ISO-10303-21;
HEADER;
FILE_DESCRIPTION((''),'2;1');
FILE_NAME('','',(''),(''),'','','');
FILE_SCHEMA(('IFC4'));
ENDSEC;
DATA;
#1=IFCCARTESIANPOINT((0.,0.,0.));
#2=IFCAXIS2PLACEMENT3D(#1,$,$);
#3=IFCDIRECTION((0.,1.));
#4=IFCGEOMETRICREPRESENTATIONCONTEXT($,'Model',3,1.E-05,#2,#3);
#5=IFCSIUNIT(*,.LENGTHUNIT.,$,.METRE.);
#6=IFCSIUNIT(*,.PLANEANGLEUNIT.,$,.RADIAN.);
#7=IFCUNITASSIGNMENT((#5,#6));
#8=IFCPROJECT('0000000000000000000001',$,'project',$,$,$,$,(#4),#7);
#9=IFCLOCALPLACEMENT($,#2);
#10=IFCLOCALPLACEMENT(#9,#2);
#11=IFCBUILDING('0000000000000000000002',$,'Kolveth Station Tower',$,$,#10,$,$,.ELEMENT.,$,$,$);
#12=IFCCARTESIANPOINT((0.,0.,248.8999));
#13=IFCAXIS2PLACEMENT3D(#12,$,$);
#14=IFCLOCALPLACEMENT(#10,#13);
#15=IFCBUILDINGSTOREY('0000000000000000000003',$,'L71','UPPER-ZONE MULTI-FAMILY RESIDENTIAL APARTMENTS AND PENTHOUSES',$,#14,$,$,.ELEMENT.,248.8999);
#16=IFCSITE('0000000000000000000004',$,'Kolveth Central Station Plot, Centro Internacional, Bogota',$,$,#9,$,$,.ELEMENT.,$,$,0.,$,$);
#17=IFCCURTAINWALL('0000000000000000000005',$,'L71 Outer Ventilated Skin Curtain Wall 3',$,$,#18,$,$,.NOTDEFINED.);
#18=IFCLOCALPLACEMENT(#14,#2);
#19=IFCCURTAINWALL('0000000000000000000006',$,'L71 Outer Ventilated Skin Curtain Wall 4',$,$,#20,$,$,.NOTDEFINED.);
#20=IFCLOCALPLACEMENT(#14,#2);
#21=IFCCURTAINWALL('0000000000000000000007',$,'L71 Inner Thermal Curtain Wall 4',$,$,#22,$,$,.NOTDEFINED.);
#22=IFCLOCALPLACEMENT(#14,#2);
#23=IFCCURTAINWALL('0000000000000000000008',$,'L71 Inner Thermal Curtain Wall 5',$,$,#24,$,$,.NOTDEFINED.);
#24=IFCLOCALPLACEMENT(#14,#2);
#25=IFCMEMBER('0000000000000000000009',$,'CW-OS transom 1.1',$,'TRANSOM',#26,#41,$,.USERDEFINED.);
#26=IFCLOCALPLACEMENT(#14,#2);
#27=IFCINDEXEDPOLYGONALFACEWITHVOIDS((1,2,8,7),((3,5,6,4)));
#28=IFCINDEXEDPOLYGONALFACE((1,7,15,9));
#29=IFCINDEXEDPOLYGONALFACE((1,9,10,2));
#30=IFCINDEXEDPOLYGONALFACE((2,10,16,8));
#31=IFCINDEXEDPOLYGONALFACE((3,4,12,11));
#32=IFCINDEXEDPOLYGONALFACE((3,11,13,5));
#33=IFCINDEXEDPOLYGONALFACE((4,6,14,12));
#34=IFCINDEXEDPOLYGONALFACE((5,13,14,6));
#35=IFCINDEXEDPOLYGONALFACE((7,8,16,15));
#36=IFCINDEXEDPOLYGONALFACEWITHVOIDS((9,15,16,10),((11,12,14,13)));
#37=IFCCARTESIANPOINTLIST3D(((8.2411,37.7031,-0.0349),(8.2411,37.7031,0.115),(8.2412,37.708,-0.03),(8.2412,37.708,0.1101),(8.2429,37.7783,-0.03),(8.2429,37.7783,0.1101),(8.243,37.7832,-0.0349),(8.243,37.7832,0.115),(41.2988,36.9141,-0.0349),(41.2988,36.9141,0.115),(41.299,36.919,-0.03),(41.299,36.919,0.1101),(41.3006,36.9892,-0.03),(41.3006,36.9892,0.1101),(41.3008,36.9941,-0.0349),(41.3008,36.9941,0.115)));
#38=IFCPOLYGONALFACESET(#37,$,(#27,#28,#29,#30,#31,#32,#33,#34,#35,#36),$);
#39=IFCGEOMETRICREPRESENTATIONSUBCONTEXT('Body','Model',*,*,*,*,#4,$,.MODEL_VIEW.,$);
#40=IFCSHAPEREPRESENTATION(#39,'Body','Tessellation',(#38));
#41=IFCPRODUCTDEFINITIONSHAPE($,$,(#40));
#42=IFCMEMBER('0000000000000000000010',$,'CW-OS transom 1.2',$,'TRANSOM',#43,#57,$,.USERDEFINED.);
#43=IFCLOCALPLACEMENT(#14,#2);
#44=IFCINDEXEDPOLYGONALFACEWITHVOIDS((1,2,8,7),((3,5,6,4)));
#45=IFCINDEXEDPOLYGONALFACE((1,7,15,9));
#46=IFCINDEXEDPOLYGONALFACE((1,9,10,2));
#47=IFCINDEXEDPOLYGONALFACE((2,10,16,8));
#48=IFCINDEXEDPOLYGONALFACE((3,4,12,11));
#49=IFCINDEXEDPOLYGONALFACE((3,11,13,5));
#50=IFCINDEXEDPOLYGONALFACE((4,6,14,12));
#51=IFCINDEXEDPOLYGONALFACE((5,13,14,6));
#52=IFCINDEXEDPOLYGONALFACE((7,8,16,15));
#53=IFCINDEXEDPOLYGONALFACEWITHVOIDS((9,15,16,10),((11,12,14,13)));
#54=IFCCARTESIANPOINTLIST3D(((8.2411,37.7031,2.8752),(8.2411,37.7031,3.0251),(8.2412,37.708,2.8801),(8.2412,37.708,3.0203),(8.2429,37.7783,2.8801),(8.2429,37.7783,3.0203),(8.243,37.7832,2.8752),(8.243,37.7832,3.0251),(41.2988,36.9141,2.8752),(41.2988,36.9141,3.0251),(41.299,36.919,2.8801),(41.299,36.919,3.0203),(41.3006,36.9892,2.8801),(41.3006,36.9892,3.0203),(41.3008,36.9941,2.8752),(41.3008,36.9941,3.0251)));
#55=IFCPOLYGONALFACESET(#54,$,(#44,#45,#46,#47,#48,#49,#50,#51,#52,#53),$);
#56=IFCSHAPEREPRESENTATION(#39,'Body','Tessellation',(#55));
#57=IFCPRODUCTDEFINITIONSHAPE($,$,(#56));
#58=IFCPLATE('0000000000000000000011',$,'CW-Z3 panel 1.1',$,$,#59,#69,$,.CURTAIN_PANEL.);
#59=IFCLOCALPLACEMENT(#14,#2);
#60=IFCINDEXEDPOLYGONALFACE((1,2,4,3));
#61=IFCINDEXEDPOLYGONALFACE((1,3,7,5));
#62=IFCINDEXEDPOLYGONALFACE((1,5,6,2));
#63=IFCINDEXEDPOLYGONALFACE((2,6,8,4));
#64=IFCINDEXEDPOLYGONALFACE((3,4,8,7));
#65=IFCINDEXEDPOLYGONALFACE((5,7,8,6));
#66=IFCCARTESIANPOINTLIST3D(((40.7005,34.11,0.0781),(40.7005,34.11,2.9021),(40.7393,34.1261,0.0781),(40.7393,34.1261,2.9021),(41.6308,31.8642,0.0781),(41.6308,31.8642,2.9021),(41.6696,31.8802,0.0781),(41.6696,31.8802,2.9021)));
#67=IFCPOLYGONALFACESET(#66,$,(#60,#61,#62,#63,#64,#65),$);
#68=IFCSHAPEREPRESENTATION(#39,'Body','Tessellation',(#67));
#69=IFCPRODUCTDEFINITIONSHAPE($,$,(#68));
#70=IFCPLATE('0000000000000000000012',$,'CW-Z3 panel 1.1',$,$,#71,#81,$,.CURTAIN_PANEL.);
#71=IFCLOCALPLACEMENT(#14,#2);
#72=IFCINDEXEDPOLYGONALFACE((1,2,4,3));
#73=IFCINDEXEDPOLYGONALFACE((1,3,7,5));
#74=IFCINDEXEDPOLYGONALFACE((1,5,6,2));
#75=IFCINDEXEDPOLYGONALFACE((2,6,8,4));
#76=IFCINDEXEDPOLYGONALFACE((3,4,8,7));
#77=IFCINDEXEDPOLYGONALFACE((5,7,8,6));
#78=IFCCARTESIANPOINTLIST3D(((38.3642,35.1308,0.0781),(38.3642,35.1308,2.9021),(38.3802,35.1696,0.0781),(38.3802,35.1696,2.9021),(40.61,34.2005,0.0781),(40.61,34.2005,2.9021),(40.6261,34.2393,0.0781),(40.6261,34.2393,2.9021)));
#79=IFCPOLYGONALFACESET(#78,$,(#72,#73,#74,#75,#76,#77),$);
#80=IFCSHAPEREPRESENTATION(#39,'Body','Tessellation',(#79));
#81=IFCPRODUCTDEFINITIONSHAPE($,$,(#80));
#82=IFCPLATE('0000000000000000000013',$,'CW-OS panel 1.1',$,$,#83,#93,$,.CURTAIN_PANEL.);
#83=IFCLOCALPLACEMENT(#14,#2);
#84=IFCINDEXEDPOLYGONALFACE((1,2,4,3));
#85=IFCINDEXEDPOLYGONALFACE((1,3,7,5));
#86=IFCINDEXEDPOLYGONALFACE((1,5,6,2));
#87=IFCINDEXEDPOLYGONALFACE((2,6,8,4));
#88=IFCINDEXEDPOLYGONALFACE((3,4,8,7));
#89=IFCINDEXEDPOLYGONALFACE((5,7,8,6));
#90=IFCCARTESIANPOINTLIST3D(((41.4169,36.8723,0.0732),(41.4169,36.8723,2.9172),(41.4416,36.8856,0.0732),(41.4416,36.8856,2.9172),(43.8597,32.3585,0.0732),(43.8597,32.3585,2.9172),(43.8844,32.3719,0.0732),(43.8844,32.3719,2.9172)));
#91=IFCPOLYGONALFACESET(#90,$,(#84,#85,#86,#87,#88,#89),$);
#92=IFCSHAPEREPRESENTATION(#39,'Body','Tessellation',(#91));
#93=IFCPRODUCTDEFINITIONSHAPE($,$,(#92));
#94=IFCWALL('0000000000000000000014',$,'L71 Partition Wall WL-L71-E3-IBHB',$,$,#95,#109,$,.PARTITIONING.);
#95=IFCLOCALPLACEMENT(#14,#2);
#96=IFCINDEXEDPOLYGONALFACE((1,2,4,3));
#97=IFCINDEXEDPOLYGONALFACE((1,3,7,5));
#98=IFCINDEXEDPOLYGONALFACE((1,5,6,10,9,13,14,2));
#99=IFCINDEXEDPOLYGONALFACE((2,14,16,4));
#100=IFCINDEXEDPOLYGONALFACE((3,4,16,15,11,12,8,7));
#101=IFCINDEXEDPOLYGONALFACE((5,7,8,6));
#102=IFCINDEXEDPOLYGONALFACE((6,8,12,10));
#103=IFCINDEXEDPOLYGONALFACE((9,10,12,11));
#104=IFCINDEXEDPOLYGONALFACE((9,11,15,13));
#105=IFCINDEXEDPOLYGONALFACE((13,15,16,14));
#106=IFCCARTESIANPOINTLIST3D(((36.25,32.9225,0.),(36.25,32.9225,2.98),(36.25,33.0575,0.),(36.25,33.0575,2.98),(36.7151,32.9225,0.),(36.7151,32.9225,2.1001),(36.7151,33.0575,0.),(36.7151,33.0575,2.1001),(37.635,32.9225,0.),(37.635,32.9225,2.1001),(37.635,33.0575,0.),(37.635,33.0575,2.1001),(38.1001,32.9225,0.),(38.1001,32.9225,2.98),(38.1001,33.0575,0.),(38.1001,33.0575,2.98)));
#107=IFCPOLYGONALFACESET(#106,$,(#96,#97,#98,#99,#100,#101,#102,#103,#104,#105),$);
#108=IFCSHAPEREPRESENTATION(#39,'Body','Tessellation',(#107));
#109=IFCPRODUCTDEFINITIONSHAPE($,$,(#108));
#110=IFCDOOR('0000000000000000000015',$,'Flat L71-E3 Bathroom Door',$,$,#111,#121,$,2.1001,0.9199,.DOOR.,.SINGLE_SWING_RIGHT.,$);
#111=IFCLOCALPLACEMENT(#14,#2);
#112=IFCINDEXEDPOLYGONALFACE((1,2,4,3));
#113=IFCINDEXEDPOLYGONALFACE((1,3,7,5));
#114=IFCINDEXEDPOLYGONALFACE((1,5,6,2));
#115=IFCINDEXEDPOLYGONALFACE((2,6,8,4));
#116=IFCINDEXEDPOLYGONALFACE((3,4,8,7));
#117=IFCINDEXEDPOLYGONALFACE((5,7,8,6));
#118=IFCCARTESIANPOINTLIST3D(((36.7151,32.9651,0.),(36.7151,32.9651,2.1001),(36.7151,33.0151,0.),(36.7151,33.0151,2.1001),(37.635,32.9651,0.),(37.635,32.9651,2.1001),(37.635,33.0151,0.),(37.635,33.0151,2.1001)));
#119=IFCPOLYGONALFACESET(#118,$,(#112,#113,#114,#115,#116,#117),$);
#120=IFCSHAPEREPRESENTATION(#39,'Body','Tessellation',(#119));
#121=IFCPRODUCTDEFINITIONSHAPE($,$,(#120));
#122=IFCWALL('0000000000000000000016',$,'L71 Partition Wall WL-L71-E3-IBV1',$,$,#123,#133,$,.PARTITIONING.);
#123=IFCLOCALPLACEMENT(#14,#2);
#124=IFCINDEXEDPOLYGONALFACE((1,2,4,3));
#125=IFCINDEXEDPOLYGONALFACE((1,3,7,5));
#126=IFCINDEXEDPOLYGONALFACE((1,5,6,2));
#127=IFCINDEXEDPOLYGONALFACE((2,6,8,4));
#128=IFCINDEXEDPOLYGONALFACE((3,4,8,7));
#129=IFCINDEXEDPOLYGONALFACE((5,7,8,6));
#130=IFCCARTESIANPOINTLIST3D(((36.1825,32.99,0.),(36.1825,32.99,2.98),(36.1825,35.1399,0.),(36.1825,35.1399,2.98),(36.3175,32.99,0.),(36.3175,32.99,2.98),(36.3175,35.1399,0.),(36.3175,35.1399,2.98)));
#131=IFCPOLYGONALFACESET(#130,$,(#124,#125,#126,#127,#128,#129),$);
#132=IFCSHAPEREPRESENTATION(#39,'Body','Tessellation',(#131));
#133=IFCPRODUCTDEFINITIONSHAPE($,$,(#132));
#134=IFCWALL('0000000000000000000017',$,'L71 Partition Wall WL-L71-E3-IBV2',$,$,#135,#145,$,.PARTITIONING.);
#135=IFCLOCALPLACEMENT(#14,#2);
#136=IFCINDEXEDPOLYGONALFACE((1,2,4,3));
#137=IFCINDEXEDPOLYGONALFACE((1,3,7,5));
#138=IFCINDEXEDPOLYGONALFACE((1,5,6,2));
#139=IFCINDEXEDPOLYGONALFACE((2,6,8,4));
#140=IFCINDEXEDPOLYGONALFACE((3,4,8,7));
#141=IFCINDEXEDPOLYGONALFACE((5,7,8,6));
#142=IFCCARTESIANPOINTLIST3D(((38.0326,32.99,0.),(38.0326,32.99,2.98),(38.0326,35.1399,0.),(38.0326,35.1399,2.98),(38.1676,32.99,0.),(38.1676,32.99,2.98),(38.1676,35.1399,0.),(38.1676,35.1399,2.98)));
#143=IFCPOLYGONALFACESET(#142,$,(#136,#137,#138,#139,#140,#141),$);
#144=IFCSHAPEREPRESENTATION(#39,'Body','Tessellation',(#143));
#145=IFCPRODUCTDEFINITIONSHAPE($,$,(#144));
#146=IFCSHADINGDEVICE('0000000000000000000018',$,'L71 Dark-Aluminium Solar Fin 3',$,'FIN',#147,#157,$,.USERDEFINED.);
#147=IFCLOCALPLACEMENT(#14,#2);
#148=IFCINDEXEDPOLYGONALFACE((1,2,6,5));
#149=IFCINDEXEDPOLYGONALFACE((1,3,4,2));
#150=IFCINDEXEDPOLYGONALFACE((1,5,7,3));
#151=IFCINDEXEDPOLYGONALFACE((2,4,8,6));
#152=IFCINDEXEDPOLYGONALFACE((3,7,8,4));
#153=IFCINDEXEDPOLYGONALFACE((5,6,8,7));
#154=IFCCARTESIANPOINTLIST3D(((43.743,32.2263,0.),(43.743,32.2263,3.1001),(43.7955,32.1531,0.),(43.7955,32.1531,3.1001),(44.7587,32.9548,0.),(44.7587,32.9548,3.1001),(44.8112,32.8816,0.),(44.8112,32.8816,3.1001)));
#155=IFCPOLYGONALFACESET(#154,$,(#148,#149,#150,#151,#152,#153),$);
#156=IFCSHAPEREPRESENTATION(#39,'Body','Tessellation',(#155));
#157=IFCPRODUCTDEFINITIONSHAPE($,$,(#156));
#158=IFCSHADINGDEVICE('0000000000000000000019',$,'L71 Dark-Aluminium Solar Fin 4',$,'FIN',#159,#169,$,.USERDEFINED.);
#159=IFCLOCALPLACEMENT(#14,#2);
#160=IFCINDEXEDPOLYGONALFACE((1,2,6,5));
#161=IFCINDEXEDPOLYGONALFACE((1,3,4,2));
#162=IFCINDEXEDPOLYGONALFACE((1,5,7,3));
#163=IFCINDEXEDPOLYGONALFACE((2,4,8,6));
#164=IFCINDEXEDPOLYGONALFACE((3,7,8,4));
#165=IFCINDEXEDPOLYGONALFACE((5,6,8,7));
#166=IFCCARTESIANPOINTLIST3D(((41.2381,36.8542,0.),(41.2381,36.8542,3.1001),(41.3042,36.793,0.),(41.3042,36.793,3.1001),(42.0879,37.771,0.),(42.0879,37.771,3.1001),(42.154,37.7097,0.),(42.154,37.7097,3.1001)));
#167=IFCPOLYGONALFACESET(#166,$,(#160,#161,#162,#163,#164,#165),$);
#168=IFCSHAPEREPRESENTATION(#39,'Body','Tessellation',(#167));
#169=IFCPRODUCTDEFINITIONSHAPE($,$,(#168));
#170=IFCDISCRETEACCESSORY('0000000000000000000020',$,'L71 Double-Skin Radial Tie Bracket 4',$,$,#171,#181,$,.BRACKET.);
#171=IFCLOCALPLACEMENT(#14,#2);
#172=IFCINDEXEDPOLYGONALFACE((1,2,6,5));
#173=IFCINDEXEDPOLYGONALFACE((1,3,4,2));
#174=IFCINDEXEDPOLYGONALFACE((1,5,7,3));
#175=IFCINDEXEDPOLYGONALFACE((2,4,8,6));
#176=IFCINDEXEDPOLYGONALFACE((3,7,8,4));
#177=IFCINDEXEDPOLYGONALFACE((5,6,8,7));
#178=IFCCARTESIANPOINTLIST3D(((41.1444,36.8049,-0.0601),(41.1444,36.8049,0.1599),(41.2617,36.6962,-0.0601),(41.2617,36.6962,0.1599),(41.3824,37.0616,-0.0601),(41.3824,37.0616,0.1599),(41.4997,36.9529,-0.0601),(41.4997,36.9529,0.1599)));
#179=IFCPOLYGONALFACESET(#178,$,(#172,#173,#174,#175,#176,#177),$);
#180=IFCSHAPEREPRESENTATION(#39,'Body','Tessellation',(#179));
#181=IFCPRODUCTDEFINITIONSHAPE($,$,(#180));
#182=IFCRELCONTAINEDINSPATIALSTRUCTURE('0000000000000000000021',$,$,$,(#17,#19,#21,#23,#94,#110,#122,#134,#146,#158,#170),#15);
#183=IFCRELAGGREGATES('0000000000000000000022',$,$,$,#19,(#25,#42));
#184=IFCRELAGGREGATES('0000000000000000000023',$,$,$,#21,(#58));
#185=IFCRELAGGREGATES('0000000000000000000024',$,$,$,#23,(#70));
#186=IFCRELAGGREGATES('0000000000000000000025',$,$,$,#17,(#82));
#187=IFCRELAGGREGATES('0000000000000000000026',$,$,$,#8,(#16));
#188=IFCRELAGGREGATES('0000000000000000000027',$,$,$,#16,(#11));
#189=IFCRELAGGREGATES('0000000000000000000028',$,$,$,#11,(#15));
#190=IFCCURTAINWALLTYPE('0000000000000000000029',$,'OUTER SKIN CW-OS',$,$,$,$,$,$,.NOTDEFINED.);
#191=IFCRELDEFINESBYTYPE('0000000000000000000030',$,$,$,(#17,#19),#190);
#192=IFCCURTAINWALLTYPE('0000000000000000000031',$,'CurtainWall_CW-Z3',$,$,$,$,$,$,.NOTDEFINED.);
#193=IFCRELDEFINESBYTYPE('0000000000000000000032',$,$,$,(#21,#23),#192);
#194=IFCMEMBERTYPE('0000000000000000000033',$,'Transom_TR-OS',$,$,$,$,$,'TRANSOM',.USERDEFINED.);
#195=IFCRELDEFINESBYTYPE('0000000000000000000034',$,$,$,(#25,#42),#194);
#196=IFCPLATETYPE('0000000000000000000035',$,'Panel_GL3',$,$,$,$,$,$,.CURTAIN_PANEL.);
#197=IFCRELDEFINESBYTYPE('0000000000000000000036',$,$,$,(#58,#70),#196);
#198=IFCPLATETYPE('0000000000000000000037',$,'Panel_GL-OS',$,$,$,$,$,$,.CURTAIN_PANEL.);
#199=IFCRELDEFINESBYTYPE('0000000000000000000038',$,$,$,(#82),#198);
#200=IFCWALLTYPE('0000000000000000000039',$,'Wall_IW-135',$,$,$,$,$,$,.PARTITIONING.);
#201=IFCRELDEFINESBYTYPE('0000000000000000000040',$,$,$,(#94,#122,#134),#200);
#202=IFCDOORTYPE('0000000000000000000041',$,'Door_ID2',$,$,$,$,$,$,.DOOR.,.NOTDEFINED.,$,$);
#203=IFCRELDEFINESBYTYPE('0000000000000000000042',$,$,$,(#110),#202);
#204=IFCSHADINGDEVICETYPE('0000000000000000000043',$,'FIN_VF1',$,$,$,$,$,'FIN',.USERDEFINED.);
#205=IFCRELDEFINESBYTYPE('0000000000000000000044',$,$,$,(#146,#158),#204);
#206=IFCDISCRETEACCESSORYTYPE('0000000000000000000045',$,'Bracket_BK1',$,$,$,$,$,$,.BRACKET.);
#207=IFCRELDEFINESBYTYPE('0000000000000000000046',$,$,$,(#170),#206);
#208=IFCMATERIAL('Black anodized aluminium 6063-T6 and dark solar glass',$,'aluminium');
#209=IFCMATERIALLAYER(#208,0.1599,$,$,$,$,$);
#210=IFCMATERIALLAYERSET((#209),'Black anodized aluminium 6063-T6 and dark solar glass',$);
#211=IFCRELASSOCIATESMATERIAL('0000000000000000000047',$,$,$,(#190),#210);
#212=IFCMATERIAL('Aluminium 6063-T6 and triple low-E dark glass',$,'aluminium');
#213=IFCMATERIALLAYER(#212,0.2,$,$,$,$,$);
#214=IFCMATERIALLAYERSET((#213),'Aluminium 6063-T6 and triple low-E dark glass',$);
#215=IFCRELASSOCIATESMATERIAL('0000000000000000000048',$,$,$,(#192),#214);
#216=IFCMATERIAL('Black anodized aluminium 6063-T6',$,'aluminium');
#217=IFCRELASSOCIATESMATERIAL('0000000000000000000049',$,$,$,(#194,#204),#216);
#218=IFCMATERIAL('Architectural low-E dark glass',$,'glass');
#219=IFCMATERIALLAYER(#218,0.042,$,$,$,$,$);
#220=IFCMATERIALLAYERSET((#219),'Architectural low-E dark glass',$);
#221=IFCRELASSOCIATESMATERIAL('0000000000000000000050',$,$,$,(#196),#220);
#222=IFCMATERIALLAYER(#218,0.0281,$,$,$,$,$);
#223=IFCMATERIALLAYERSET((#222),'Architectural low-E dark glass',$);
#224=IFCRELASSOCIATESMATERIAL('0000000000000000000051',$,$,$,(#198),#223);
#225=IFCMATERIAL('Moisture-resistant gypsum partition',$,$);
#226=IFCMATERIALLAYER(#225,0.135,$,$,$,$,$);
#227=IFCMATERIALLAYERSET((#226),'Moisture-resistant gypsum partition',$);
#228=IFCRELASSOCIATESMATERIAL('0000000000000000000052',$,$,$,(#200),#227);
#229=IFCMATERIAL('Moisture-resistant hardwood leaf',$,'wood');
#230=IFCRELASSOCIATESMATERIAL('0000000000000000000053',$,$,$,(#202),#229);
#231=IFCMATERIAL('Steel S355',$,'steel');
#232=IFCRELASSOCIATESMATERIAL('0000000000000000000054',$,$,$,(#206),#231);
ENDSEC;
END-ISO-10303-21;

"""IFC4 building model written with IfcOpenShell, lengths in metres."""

from ifc_helpers import new_model, si_unit, direction, frame, frame_2d, origin, origin_2d, place, context, subcontext, project, spatial, rectangle, hollow_rectangle, extrude, source, transform, mapped, material, layer, layer_set, material_profile, profile_set, type_object, element, fill, aggregate, save


model = new_model("IFC4")

# Units and contexts
model_context = context("Model", 3, precision=1e-05, world=origin(), true_north=direction((0.0, 1.0)))
body_context = subcontext(model_context, "Body", "Model", "MODEL_VIEW")
ifc_project = project(units=[si_unit("LENGTHUNIT", "METRE"), si_unit("PLANEANGLEUNIT", "RADIAN")], contexts=[model_context])

# Site, building, storey
site_placement = place(None, origin())
site = spatial("IfcSite", under=ifc_project, at=site_placement, Name="Kolveth Central Station Plot, Centro Internacional, Bogota", CompositionType="ELEMENT", RefElevation=0.0)
building_placement = place(site_placement, origin())
building = spatial("IfcBuilding", under=site, at=building_placement, Name="Kolveth Station Tower", CompositionType="ELEMENT")
storey_placement = place(building_placement, frame((0.0, 0.0, 248.8999)))
storey = spatial("IfcBuildingStorey", under=building, at=storey_placement, Name="L71", Description="UPPER-ZONE MULTI-FAMILY RESIDENTIAL APARTMENTS AND PENTHOUSES", CompositionType="ELEMENT", Elevation=248.8999)

# Curtain walls
ifc_material_1 = material(Name="Black anodized aluminium 6063-T6 and dark solar glass", Category="aluminium")
ifc_layer_1 = layer(ifc_material_1, 0.1599)
ifc_layer_set_1 = layer_set([ifc_layer_1], Name="Black anodized aluminium 6063-T6 and dark solar glass")
curtain_wall_type_1 = type_object("IfcCurtainWallType", Name="OUTER SKIN CW-OS", PredefinedType="NOTDEFINED", material=ifc_layer_set_1)
curtain_wall_1_placement = place(storey_placement, origin())
curtain_wall_1 = element("IfcCurtainWall", 1, at=curtain_wall_1_placement, inside=storey, type_object=curtain_wall_type_1, Name="L71 Outer Ventilated Skin Curtain Wall 3", PredefinedType="NOTDEFINED")
ifc_material_2 = material(Name="Black anodized aluminium 6063-T6", Category="aluminium")
curtain_wall_2_placement = place(storey_placement, origin())
curtain_wall_2 = element("IfcCurtainWall", 2, at=curtain_wall_2_placement, inside=storey, type_object=curtain_wall_type_1, Name="L71 Outer Ventilated Skin Curtain Wall 4", PredefinedType="NOTDEFINED")
ifc_material_3 = material(Name="Aluminium 6063-T6 and triple low-E dark glass", Category="aluminium")
ifc_layer_2 = layer(ifc_material_3, 0.2)
ifc_layer_set_2 = layer_set([ifc_layer_2], Name="Aluminium 6063-T6 and triple low-E dark glass")
curtain_wall_type_2 = type_object("IfcCurtainWallType", Name="CurtainWall_CW-Z3", PredefinedType="NOTDEFINED", material=ifc_layer_set_2)
curtain_wall_3_placement = place(storey_placement, origin())
curtain_wall_3 = element("IfcCurtainWall", 3, at=curtain_wall_3_placement, inside=storey, type_object=curtain_wall_type_2, Name="L71 Inner Thermal Curtain Wall 4", PredefinedType="NOTDEFINED")

# Curtain wall
curtain_wall_4_placement = place(storey_placement, origin())
curtain_wall_4 = element("IfcCurtainWall", 4, at=curtain_wall_4_placement, inside=storey, type_object=curtain_wall_type_2, Name="L71 Inner Thermal Curtain Wall 5", PredefinedType="NOTDEFINED")

# Members
ifc_material_profile_1 = material_profile(ifc_material_2, hollow_rectangle(XDim=0.0801, YDim=0.1499, WallThickness=0.0049, at=origin_2d()), Name="ALU-80x150x5")
ifc_profile_set_1 = profile_set([ifc_material_profile_1], Name="Black anodized aluminium 6063-T6")
member_type_1 = type_object("IfcMemberType", Name="Transom_TR-OS", ElementType="TRANSOM", PredefinedType="USERDEFINED", material=ifc_profile_set_1)
shared_shape_1 = source(origin(), body_context, "Body", "SweptSolid", [
    extrude(hollow_rectangle(XDim=0.0801, YDim=0.1499, WallThickness=0.0049, at=origin_2d()), origin(), (0.0, 0.0, 1.0), 33.0671),
])
member_1_placement = place(storey_placement, frame((41.2998, 36.9541, 0.04), z_axis=(-0.999715, 0.023863, 0.0), x_axis=(-0.023863, -0.999715, 0.0)))
member_1 = element("IfcMember", 5, at=member_1_placement, type_object=member_type_1, Name="CW-OS transom 1.1", ObjectType="TRANSOM", PredefinedType="USERDEFINED", context=body_context, shape_type="MappedRepresentation", body=[
    mapped(shared_shape_1, transform((0.0, 0.0, 0.0), x_axis=(1.0, 0.0, 0.0), y_axis=(0.0, 1.0, 0.0), z_axis=(0.0, 0.0, 1.0), scale=1.0)),
])
member_2_placement = place(storey_placement, frame((41.2998, 36.9541, 2.9502), z_axis=(-0.999715, 0.023863, 0.0), x_axis=(-0.023863, -0.999715, 0.0)))
member_2 = element("IfcMember", 6, at=member_2_placement, type_object=member_type_1, Name="CW-OS transom 1.2", ObjectType="TRANSOM", PredefinedType="USERDEFINED", context=body_context, shape_type="MappedRepresentation", body=[
    mapped(shared_shape_1, transform((0.0, 0.0, 0.0), x_axis=(1.0, 0.0, 0.0), y_axis=(0.0, 1.0, 0.0), z_axis=(0.0, 0.0, 1.0), scale=1.0)),
])
aggregate(curtain_wall_2, [member_1, member_2])

# Plates
ifc_material_4 = material(Name="Architectural low-E dark glass", Category="glass")
ifc_layer_3 = layer(ifc_material_4, 0.042)
ifc_layer_set_3 = layer_set([ifc_layer_3], Name="Architectural low-E dark glass")
plate_type_1 = type_object("IfcPlateType", Name="Panel_GL3", PredefinedType="CURTAIN_PANEL", material=ifc_layer_set_3)
shared_shape_2 = source(origin(), body_context, "Body", "SweptSolid", [
    extrude(rectangle(XDim=2.4309, YDim=0.042, at=origin_2d()), origin(), (0.0, 0.0, 1.0), 2.824),
])
plate_1_placement = place(storey_placement, frame((41.1851, 32.9951, 0.0781), z_axis=(0.0, 0.0, 1.0), x_axis=(-0.382693, 0.923875, 0.0)))
plate_1 = element("IfcPlate", 7, at=plate_1_placement, type_object=plate_type_1, Name="CW-Z3 panel 1.1", PredefinedType="CURTAIN_PANEL", context=body_context, shape_type="MappedRepresentation", body=[
    mapped(shared_shape_2, transform((0.0, 0.0, 0.0), x_axis=(1.0, 0.0, 0.0), y_axis=(0.0, 1.0, 0.0), z_axis=(0.0, 0.0, 1.0), scale=1.0)),
])
aggregate(curtain_wall_3, [plate_1])
plate_2_placement = place(storey_placement, frame((39.4951, 34.6851, 0.0781), z_axis=(0.0, 0.0, 1.0), x_axis=(-0.923875, 0.382693, 0.0)))
plate_2 = element("IfcPlate", 8, at=plate_2_placement, type_object=plate_type_1, Name="CW-Z3 panel 1.1", PredefinedType="CURTAIN_PANEL", context=body_context, shape_type="MappedRepresentation", body=[
    mapped(shared_shape_2, transform((0.0, 0.0, 0.0), x_axis=(1.0, 0.0, 0.0), y_axis=(0.0, 1.0, 0.0), z_axis=(0.0, 0.0, 1.0), scale=1.0)),
])
aggregate(curtain_wall_4, [plate_2])
ifc_layer_4 = layer(ifc_material_4, 0.0281)
ifc_layer_set_4 = layer_set([ifc_layer_4], Name="Architectural low-E dark glass")
plate_type_2 = type_object("IfcPlateType", Name="Panel_GL-OS", PredefinedType="CURTAIN_PANEL", material=ifc_layer_set_4)
shared_shape_3 = source(origin(), body_context, "Body", "SweptSolid", [
    extrude(rectangle(XDim=5.1323, YDim=0.0281, at=origin_2d()), origin(), (0.0, 0.0, 1.0), 2.844),
])
plate_3_placement = place(storey_placement, frame((42.6506, 34.6221, 0.0732), z_axis=(0.0, 0.0, 1.0), x_axis=(-0.475954, 0.87947, 0.0)))
plate_3 = element("IfcPlate", 9, at=plate_3_placement, type_object=plate_type_2, Name="CW-OS panel 1.1", PredefinedType="CURTAIN_PANEL", context=body_context, shape_type="MappedRepresentation", body=[
    mapped(shared_shape_3, transform((0.0, 0.0, 0.0), x_axis=(1.0, 0.0, 0.0), y_axis=(0.0, 1.0, 0.0), z_axis=(0.0, 0.0, 1.0), scale=1.0)),
])
aggregate(curtain_wall_1, [plate_3])

# Wall, opening, door
ifc_material_5 = material(Name="Moisture-resistant gypsum partition")
ifc_layer_5 = layer(ifc_material_5, 0.135)
ifc_layer_set_5 = layer_set([ifc_layer_5], Name="Moisture-resistant gypsum partition")
wall_type = type_object("IfcWallType", Name="Wall_IW-135", PredefinedType="PARTITIONING", material=ifc_layer_set_5)
wall_placement = place(storey_placement, frame((36.25, 32.99, 0.0), z_axis=(0.0, 0.0, 1.0), x_axis=(1.0, 0.0, 0.0)))
wall = element("IfcWall", 10, at=wall_placement, inside=storey, type_object=wall_type, Name="L71 Partition Wall WL-L71-E3-IBHB", PredefinedType="PARTITIONING", context=body_context, shape_type="SweptSolid", body=[
    extrude(rectangle(XDim=1.8501, YDim=0.135, at=frame_2d((0.925, 0.0))), origin(), (0.0, 0.0, 1.0), 2.98),
])
opening_placement = place(wall_placement, frame((0.4651, 0.0, 0.0)))
opening = element("IfcOpeningElement", 11, at=opening_placement, cuts=wall, PredefinedType="OPENING", context=body_context, shape_type="SweptSolid", body=[
    extrude(rectangle(XDim=0.9199, YDim=2.1001, at=frame_2d((0.46, 1.05))), frame((0.0, 0.0774, 0.0), z_axis=(0.0, -1.0, 0.0), x_axis=(1.0, 0.0, 0.0)), (0.0, 0.0, 1.0), 0.155),
])
ifc_material_6 = material(Name="Moisture-resistant hardwood leaf", Category="wood")
door_type = type_object("IfcDoorType", Name="Door_ID2", OperationType="NOTDEFINED", PredefinedType="DOOR", material=ifc_material_6)
door_placement = place(opening_placement, frame((0.9199, 0.0, 0.0), z_axis=(0.0, 0.0, 1.0), x_axis=(-1.0, 0.0, 0.0)))
door = element("IfcDoor", 12, at=door_placement, inside=storey, type_object=door_type, Name="Flat L71-E3 Bathroom Door", OperationType="SINGLE_SWING_RIGHT", OverallHeight=2.1001, OverallWidth=0.9199, PredefinedType="DOOR", context=body_context, shape_type="SweptSolid", body=[
    extrude(rectangle(XDim=0.9199, YDim=2.1001, at=frame_2d((0.46, 1.05))), frame((0.0, 0.0249, 0.0), z_axis=(0.0, -1.0, 0.0), x_axis=(1.0, 0.0, 0.0)), (0.0, 0.0, 1.0), 0.05),
])
fill(opening, door)

# Walls
for number, where, z_axis, x_axis, name in (
    (13, (36.25, 32.99, 0.0), (0.0, 0.0, 1.0), (0.0, 1.0, 0.0), "L71 Partition Wall WL-L71-E3-IBV1"),
    (14, (38.1001, 32.99, 0.0), (0.0, 0.0, 1.0), (0.0, 1.0, 0.0), "L71 Partition Wall WL-L71-E3-IBV2"),
):
    element("IfcWall", number, at=place(storey_placement, frame(where, z_axis=z_axis, x_axis=x_axis)), inside=storey, type_object=wall_type, Name=name, PredefinedType="PARTITIONING", context=body_context, shape_type="SweptSolid", body=[
        extrude(rectangle(XDim=2.1499, YDim=0.135, at=frame_2d((1.075, 0.0))), origin(), (0.0, 0.0, 1.0), 2.98),
    ])

# Shading devices
shading_device_type = type_object("IfcShadingDeviceType", Name="FIN_VF1", ElementType="FIN", PredefinedType="USERDEFINED", material=ifc_material_2)
shared_shape_4 = source(origin(), body_context, "Body", "SweptSolid", [
    extrude(rectangle(XDim=1.25, YDim=0.0901, at=origin_2d()), origin(), (0.0, 0.0, 1.0), 3.1001),
])
for number, where, z_axis, x_axis, name in (
    (15, (44.2771, 32.554, 0.0), (0.0, 0.0, 1.0), (0.812592, 0.582832, 0.0), "L71 Dark-Aluminium Solar Fin 3"),
    (16, (41.696, 37.282, 0.0), (0.0, 0.0, 1.0), (0.679825, 0.733374, 0.0), "L71 Dark-Aluminium Solar Fin 4"),
):
    element("IfcShadingDevice", number, at=place(storey_placement, frame(where, z_axis=z_axis, x_axis=x_axis)), inside=storey, type_object=shading_device_type, Name=name, ObjectType="FIN", PredefinedType="USERDEFINED", context=body_context, shape_type="MappedRepresentation", body=[
        mapped(shared_shape_4, transform((0.0, 0.0, 0.0), x_axis=(1.0, 0.0, 0.0), y_axis=(0.0, 1.0, 0.0), z_axis=(0.0, 0.0, 1.0), scale=1.0)),
    ])

# Discrete accessory
ifc_material_7 = material(Name="Steel S355", Category="steel")
discrete_accessory_type = type_object("IfcDiscreteAccessoryType", Name="Bracket_BK1", PredefinedType="BRACKET", material=ifc_material_7)
shared_shape_5 = source(origin(), body_context, "Body", "SweptSolid", [
    extrude(rectangle(XDim=0.3501, YDim=0.1599, at=origin_2d()), origin(), (0.0, 0.0, 1.0), 0.22),
])
discrete_accessory_placement = place(storey_placement, frame((41.322, 36.8789, -0.0601), z_axis=(0.0, 0.0, 1.0), x_axis=(0.679825, 0.733374, 0.0)))
element("IfcDiscreteAccessory", 17, at=discrete_accessory_placement, inside=storey, type_object=discrete_accessory_type, Name="L71 Double-Skin Radial Tie Bracket 4", PredefinedType="BRACKET", context=body_context, shape_type="MappedRepresentation", body=[
    mapped(shared_shape_5, transform((0.0, 0.0, 0.0), x_axis=(1.0, 0.0, 0.0), y_axis=(0.0, 1.0, 0.0), z_axis=(0.0, 0.0, 1.0), scale=1.0)),
])

save(model, "model.ifc")
